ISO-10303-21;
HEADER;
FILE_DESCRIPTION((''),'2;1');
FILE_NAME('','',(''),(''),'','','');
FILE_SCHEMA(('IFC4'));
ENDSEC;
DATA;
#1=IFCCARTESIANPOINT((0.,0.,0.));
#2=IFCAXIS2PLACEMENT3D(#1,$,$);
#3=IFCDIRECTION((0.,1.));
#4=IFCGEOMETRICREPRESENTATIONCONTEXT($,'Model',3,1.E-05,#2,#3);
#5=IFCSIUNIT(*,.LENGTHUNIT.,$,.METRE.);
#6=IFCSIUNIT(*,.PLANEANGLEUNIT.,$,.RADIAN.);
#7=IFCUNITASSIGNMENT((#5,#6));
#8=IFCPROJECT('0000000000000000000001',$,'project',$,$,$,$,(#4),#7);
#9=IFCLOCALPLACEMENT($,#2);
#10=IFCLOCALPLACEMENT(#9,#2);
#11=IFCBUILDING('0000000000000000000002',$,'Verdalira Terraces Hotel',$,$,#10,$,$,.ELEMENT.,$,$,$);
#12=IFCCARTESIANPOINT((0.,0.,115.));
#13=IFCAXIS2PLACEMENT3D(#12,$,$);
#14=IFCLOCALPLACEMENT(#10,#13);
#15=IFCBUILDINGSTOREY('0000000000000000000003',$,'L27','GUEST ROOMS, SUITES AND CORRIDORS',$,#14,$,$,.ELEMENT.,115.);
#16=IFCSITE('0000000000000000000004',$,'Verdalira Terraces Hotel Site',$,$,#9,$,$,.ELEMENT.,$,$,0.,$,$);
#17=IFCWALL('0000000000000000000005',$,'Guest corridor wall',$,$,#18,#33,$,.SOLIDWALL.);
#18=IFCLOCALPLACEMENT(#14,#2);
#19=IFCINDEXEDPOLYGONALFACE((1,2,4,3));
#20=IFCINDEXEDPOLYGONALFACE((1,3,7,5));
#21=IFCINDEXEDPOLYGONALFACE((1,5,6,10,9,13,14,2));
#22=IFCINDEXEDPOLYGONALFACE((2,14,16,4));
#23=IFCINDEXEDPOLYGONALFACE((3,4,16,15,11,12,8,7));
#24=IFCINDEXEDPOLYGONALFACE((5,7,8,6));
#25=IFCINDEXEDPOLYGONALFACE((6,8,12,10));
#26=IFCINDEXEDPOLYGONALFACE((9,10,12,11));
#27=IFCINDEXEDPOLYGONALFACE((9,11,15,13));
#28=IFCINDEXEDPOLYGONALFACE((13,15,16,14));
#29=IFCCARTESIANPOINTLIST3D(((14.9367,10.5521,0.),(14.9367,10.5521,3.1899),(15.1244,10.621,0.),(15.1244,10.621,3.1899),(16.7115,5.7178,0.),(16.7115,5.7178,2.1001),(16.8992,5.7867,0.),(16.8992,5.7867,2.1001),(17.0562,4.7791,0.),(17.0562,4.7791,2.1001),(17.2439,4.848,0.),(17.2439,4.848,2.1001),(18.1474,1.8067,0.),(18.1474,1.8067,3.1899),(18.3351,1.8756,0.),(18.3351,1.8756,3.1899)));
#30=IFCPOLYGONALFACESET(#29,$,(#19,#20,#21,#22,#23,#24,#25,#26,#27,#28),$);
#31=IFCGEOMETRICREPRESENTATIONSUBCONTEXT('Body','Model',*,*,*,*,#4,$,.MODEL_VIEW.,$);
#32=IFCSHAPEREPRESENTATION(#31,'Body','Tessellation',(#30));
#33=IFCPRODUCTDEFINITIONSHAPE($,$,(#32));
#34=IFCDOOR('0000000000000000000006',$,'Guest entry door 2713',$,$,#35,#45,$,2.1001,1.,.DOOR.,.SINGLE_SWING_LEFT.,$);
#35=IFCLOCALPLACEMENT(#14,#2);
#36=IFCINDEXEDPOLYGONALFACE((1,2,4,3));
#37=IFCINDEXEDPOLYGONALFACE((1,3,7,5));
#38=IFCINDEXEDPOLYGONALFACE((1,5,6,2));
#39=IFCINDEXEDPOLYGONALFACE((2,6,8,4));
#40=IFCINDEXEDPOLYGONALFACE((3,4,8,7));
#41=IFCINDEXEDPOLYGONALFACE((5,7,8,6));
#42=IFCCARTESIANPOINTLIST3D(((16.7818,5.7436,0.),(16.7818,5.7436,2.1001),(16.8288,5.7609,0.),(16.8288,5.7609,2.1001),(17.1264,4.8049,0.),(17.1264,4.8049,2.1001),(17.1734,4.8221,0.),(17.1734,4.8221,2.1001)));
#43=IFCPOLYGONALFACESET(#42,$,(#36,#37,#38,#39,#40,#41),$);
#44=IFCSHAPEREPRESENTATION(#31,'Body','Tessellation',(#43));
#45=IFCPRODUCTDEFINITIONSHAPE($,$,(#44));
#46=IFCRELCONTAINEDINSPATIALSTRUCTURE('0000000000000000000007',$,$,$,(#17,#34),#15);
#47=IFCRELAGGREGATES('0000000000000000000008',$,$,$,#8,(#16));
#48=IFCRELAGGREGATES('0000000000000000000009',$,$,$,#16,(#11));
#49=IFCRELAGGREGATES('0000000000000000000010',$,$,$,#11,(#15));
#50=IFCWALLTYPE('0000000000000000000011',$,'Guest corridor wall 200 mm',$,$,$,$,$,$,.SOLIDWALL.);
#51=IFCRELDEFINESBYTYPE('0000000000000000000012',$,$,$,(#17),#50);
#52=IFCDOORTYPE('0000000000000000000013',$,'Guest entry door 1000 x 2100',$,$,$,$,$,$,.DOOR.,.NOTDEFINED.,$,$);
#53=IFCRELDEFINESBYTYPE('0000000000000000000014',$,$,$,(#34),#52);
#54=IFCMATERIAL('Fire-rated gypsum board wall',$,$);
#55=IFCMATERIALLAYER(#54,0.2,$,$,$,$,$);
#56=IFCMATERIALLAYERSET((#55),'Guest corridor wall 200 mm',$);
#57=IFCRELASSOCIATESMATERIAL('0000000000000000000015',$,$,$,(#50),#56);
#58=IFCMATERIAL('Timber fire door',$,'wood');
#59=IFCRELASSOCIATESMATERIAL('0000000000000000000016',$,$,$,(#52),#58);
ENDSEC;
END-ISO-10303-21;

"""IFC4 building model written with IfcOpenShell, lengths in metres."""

from ifc_helpers import new_model, si_unit, direction, frame, frame_2d, origin, place, context, subcontext, project, spatial, rectangle, extrude, material, layer, layer_set, type_object, element, fill, save


model = new_model("IFC4")

# Units and contexts
model_context = context("Model", 3, precision=1e-05, world=origin(), true_north=direction((0.0, 1.0)))
body_context = subcontext(model_context, "Body", "Model", "MODEL_VIEW")
ifc_project = project(units=[si_unit("LENGTHUNIT", "METRE"), si_unit("PLANEANGLEUNIT", "RADIAN")], contexts=[model_context])

# Site, building, storey
site_placement = place(None, origin())
site = spatial("IfcSite", under=ifc_project, at=site_placement, Name="Verdalira Terraces Hotel Site", CompositionType="ELEMENT", RefElevation=0.0)
building_placement = place(site_placement, origin())
building = spatial("IfcBuilding", under=site, at=building_placement, Name="Verdalira Terraces Hotel", CompositionType="ELEMENT")
storey_placement = place(building_placement, frame((0.0, 0.0, 115.0)))
storey = spatial("IfcBuildingStorey", under=building, at=storey_placement, Name="L27", Description="GUEST ROOMS, SUITES AND CORRIDORS", CompositionType="ELEMENT", Elevation=115.0)

# Wall, opening, door
ifc_material_1 = material(Name="Fire-rated gypsum board wall")
ifc_layer_1 = layer(ifc_material_1, 0.2)
ifc_layer_set_1 = layer_set([ifc_layer_1], Name="Guest corridor wall 200 mm")
wall_type_1 = type_object("IfcWallType", Name="Guest corridor wall 200 mm", PredefinedType="SOLIDWALL", material=ifc_layer_set_1)
wall_1_placement = place(storey_placement, frame((15.0305, 10.5867, 0.0), z_axis=(0.0, 0.0, 1.0), x_axis=(0.344639, -0.938735, 0.0)))
wall_1 = element("IfcWall", 1, at=wall_1_placement, inside=storey, type_object=wall_type_1, Name="Guest corridor wall", PredefinedType="SOLIDWALL", context=body_context, shape_type="SweptSolid", body=[
    extrude(rectangle(XDim=9.3162, YDim=0.2, at=frame_2d((4.6582, 0.0))), origin(), (0.0, 0.0, 1.0), 3.1899),
])
opening_1_placement = place(wall_1_placement, frame((5.1499, 0.0, 0.0)))
opening_1 = element("IfcOpeningElement", 2, at=opening_1_placement, cuts=wall_1, PredefinedType="OPENING", context=body_context, shape_type="SweptSolid", body=[
    extrude(rectangle(XDim=1.0, YDim=2.1001, at=frame_2d((0.5, 1.05))), frame((0.0, 0.1099, 0.0), z_axis=(0.0, -1.0, 0.0), x_axis=(1.0, 0.0, 0.0)), (0.0, 0.0, 1.0), 0.22),
])
ifc_material_2 = material(Name="Timber fire door", Category="wood")
door_type_1 = type_object("IfcDoorType", Name="Guest entry door 1000 x 2100", OperationType="NOTDEFINED", PredefinedType="DOOR", material=ifc_material_2)
door_1_placement = place(opening_1_placement, origin())
door_1 = element("IfcDoor", 3, at=door_1_placement, inside=storey, type_object=door_type_1, Name="Guest entry door 2713", OperationType="SINGLE_SWING_LEFT", OverallHeight=2.1001, OverallWidth=1.0, PredefinedType="DOOR", context=body_context, shape_type="SweptSolid", body=[
    extrude(rectangle(XDim=1.0, YDim=2.1001, at=frame_2d((0.5, 1.05))), frame((0.0, 0.0249, 0.0), z_axis=(0.0, -1.0, 0.0), x_axis=(1.0, 0.0, 0.0)), (0.0, 0.0, 1.0), 0.05),
])
fill(opening_1, door_1)

save(model, "model.ifc")
